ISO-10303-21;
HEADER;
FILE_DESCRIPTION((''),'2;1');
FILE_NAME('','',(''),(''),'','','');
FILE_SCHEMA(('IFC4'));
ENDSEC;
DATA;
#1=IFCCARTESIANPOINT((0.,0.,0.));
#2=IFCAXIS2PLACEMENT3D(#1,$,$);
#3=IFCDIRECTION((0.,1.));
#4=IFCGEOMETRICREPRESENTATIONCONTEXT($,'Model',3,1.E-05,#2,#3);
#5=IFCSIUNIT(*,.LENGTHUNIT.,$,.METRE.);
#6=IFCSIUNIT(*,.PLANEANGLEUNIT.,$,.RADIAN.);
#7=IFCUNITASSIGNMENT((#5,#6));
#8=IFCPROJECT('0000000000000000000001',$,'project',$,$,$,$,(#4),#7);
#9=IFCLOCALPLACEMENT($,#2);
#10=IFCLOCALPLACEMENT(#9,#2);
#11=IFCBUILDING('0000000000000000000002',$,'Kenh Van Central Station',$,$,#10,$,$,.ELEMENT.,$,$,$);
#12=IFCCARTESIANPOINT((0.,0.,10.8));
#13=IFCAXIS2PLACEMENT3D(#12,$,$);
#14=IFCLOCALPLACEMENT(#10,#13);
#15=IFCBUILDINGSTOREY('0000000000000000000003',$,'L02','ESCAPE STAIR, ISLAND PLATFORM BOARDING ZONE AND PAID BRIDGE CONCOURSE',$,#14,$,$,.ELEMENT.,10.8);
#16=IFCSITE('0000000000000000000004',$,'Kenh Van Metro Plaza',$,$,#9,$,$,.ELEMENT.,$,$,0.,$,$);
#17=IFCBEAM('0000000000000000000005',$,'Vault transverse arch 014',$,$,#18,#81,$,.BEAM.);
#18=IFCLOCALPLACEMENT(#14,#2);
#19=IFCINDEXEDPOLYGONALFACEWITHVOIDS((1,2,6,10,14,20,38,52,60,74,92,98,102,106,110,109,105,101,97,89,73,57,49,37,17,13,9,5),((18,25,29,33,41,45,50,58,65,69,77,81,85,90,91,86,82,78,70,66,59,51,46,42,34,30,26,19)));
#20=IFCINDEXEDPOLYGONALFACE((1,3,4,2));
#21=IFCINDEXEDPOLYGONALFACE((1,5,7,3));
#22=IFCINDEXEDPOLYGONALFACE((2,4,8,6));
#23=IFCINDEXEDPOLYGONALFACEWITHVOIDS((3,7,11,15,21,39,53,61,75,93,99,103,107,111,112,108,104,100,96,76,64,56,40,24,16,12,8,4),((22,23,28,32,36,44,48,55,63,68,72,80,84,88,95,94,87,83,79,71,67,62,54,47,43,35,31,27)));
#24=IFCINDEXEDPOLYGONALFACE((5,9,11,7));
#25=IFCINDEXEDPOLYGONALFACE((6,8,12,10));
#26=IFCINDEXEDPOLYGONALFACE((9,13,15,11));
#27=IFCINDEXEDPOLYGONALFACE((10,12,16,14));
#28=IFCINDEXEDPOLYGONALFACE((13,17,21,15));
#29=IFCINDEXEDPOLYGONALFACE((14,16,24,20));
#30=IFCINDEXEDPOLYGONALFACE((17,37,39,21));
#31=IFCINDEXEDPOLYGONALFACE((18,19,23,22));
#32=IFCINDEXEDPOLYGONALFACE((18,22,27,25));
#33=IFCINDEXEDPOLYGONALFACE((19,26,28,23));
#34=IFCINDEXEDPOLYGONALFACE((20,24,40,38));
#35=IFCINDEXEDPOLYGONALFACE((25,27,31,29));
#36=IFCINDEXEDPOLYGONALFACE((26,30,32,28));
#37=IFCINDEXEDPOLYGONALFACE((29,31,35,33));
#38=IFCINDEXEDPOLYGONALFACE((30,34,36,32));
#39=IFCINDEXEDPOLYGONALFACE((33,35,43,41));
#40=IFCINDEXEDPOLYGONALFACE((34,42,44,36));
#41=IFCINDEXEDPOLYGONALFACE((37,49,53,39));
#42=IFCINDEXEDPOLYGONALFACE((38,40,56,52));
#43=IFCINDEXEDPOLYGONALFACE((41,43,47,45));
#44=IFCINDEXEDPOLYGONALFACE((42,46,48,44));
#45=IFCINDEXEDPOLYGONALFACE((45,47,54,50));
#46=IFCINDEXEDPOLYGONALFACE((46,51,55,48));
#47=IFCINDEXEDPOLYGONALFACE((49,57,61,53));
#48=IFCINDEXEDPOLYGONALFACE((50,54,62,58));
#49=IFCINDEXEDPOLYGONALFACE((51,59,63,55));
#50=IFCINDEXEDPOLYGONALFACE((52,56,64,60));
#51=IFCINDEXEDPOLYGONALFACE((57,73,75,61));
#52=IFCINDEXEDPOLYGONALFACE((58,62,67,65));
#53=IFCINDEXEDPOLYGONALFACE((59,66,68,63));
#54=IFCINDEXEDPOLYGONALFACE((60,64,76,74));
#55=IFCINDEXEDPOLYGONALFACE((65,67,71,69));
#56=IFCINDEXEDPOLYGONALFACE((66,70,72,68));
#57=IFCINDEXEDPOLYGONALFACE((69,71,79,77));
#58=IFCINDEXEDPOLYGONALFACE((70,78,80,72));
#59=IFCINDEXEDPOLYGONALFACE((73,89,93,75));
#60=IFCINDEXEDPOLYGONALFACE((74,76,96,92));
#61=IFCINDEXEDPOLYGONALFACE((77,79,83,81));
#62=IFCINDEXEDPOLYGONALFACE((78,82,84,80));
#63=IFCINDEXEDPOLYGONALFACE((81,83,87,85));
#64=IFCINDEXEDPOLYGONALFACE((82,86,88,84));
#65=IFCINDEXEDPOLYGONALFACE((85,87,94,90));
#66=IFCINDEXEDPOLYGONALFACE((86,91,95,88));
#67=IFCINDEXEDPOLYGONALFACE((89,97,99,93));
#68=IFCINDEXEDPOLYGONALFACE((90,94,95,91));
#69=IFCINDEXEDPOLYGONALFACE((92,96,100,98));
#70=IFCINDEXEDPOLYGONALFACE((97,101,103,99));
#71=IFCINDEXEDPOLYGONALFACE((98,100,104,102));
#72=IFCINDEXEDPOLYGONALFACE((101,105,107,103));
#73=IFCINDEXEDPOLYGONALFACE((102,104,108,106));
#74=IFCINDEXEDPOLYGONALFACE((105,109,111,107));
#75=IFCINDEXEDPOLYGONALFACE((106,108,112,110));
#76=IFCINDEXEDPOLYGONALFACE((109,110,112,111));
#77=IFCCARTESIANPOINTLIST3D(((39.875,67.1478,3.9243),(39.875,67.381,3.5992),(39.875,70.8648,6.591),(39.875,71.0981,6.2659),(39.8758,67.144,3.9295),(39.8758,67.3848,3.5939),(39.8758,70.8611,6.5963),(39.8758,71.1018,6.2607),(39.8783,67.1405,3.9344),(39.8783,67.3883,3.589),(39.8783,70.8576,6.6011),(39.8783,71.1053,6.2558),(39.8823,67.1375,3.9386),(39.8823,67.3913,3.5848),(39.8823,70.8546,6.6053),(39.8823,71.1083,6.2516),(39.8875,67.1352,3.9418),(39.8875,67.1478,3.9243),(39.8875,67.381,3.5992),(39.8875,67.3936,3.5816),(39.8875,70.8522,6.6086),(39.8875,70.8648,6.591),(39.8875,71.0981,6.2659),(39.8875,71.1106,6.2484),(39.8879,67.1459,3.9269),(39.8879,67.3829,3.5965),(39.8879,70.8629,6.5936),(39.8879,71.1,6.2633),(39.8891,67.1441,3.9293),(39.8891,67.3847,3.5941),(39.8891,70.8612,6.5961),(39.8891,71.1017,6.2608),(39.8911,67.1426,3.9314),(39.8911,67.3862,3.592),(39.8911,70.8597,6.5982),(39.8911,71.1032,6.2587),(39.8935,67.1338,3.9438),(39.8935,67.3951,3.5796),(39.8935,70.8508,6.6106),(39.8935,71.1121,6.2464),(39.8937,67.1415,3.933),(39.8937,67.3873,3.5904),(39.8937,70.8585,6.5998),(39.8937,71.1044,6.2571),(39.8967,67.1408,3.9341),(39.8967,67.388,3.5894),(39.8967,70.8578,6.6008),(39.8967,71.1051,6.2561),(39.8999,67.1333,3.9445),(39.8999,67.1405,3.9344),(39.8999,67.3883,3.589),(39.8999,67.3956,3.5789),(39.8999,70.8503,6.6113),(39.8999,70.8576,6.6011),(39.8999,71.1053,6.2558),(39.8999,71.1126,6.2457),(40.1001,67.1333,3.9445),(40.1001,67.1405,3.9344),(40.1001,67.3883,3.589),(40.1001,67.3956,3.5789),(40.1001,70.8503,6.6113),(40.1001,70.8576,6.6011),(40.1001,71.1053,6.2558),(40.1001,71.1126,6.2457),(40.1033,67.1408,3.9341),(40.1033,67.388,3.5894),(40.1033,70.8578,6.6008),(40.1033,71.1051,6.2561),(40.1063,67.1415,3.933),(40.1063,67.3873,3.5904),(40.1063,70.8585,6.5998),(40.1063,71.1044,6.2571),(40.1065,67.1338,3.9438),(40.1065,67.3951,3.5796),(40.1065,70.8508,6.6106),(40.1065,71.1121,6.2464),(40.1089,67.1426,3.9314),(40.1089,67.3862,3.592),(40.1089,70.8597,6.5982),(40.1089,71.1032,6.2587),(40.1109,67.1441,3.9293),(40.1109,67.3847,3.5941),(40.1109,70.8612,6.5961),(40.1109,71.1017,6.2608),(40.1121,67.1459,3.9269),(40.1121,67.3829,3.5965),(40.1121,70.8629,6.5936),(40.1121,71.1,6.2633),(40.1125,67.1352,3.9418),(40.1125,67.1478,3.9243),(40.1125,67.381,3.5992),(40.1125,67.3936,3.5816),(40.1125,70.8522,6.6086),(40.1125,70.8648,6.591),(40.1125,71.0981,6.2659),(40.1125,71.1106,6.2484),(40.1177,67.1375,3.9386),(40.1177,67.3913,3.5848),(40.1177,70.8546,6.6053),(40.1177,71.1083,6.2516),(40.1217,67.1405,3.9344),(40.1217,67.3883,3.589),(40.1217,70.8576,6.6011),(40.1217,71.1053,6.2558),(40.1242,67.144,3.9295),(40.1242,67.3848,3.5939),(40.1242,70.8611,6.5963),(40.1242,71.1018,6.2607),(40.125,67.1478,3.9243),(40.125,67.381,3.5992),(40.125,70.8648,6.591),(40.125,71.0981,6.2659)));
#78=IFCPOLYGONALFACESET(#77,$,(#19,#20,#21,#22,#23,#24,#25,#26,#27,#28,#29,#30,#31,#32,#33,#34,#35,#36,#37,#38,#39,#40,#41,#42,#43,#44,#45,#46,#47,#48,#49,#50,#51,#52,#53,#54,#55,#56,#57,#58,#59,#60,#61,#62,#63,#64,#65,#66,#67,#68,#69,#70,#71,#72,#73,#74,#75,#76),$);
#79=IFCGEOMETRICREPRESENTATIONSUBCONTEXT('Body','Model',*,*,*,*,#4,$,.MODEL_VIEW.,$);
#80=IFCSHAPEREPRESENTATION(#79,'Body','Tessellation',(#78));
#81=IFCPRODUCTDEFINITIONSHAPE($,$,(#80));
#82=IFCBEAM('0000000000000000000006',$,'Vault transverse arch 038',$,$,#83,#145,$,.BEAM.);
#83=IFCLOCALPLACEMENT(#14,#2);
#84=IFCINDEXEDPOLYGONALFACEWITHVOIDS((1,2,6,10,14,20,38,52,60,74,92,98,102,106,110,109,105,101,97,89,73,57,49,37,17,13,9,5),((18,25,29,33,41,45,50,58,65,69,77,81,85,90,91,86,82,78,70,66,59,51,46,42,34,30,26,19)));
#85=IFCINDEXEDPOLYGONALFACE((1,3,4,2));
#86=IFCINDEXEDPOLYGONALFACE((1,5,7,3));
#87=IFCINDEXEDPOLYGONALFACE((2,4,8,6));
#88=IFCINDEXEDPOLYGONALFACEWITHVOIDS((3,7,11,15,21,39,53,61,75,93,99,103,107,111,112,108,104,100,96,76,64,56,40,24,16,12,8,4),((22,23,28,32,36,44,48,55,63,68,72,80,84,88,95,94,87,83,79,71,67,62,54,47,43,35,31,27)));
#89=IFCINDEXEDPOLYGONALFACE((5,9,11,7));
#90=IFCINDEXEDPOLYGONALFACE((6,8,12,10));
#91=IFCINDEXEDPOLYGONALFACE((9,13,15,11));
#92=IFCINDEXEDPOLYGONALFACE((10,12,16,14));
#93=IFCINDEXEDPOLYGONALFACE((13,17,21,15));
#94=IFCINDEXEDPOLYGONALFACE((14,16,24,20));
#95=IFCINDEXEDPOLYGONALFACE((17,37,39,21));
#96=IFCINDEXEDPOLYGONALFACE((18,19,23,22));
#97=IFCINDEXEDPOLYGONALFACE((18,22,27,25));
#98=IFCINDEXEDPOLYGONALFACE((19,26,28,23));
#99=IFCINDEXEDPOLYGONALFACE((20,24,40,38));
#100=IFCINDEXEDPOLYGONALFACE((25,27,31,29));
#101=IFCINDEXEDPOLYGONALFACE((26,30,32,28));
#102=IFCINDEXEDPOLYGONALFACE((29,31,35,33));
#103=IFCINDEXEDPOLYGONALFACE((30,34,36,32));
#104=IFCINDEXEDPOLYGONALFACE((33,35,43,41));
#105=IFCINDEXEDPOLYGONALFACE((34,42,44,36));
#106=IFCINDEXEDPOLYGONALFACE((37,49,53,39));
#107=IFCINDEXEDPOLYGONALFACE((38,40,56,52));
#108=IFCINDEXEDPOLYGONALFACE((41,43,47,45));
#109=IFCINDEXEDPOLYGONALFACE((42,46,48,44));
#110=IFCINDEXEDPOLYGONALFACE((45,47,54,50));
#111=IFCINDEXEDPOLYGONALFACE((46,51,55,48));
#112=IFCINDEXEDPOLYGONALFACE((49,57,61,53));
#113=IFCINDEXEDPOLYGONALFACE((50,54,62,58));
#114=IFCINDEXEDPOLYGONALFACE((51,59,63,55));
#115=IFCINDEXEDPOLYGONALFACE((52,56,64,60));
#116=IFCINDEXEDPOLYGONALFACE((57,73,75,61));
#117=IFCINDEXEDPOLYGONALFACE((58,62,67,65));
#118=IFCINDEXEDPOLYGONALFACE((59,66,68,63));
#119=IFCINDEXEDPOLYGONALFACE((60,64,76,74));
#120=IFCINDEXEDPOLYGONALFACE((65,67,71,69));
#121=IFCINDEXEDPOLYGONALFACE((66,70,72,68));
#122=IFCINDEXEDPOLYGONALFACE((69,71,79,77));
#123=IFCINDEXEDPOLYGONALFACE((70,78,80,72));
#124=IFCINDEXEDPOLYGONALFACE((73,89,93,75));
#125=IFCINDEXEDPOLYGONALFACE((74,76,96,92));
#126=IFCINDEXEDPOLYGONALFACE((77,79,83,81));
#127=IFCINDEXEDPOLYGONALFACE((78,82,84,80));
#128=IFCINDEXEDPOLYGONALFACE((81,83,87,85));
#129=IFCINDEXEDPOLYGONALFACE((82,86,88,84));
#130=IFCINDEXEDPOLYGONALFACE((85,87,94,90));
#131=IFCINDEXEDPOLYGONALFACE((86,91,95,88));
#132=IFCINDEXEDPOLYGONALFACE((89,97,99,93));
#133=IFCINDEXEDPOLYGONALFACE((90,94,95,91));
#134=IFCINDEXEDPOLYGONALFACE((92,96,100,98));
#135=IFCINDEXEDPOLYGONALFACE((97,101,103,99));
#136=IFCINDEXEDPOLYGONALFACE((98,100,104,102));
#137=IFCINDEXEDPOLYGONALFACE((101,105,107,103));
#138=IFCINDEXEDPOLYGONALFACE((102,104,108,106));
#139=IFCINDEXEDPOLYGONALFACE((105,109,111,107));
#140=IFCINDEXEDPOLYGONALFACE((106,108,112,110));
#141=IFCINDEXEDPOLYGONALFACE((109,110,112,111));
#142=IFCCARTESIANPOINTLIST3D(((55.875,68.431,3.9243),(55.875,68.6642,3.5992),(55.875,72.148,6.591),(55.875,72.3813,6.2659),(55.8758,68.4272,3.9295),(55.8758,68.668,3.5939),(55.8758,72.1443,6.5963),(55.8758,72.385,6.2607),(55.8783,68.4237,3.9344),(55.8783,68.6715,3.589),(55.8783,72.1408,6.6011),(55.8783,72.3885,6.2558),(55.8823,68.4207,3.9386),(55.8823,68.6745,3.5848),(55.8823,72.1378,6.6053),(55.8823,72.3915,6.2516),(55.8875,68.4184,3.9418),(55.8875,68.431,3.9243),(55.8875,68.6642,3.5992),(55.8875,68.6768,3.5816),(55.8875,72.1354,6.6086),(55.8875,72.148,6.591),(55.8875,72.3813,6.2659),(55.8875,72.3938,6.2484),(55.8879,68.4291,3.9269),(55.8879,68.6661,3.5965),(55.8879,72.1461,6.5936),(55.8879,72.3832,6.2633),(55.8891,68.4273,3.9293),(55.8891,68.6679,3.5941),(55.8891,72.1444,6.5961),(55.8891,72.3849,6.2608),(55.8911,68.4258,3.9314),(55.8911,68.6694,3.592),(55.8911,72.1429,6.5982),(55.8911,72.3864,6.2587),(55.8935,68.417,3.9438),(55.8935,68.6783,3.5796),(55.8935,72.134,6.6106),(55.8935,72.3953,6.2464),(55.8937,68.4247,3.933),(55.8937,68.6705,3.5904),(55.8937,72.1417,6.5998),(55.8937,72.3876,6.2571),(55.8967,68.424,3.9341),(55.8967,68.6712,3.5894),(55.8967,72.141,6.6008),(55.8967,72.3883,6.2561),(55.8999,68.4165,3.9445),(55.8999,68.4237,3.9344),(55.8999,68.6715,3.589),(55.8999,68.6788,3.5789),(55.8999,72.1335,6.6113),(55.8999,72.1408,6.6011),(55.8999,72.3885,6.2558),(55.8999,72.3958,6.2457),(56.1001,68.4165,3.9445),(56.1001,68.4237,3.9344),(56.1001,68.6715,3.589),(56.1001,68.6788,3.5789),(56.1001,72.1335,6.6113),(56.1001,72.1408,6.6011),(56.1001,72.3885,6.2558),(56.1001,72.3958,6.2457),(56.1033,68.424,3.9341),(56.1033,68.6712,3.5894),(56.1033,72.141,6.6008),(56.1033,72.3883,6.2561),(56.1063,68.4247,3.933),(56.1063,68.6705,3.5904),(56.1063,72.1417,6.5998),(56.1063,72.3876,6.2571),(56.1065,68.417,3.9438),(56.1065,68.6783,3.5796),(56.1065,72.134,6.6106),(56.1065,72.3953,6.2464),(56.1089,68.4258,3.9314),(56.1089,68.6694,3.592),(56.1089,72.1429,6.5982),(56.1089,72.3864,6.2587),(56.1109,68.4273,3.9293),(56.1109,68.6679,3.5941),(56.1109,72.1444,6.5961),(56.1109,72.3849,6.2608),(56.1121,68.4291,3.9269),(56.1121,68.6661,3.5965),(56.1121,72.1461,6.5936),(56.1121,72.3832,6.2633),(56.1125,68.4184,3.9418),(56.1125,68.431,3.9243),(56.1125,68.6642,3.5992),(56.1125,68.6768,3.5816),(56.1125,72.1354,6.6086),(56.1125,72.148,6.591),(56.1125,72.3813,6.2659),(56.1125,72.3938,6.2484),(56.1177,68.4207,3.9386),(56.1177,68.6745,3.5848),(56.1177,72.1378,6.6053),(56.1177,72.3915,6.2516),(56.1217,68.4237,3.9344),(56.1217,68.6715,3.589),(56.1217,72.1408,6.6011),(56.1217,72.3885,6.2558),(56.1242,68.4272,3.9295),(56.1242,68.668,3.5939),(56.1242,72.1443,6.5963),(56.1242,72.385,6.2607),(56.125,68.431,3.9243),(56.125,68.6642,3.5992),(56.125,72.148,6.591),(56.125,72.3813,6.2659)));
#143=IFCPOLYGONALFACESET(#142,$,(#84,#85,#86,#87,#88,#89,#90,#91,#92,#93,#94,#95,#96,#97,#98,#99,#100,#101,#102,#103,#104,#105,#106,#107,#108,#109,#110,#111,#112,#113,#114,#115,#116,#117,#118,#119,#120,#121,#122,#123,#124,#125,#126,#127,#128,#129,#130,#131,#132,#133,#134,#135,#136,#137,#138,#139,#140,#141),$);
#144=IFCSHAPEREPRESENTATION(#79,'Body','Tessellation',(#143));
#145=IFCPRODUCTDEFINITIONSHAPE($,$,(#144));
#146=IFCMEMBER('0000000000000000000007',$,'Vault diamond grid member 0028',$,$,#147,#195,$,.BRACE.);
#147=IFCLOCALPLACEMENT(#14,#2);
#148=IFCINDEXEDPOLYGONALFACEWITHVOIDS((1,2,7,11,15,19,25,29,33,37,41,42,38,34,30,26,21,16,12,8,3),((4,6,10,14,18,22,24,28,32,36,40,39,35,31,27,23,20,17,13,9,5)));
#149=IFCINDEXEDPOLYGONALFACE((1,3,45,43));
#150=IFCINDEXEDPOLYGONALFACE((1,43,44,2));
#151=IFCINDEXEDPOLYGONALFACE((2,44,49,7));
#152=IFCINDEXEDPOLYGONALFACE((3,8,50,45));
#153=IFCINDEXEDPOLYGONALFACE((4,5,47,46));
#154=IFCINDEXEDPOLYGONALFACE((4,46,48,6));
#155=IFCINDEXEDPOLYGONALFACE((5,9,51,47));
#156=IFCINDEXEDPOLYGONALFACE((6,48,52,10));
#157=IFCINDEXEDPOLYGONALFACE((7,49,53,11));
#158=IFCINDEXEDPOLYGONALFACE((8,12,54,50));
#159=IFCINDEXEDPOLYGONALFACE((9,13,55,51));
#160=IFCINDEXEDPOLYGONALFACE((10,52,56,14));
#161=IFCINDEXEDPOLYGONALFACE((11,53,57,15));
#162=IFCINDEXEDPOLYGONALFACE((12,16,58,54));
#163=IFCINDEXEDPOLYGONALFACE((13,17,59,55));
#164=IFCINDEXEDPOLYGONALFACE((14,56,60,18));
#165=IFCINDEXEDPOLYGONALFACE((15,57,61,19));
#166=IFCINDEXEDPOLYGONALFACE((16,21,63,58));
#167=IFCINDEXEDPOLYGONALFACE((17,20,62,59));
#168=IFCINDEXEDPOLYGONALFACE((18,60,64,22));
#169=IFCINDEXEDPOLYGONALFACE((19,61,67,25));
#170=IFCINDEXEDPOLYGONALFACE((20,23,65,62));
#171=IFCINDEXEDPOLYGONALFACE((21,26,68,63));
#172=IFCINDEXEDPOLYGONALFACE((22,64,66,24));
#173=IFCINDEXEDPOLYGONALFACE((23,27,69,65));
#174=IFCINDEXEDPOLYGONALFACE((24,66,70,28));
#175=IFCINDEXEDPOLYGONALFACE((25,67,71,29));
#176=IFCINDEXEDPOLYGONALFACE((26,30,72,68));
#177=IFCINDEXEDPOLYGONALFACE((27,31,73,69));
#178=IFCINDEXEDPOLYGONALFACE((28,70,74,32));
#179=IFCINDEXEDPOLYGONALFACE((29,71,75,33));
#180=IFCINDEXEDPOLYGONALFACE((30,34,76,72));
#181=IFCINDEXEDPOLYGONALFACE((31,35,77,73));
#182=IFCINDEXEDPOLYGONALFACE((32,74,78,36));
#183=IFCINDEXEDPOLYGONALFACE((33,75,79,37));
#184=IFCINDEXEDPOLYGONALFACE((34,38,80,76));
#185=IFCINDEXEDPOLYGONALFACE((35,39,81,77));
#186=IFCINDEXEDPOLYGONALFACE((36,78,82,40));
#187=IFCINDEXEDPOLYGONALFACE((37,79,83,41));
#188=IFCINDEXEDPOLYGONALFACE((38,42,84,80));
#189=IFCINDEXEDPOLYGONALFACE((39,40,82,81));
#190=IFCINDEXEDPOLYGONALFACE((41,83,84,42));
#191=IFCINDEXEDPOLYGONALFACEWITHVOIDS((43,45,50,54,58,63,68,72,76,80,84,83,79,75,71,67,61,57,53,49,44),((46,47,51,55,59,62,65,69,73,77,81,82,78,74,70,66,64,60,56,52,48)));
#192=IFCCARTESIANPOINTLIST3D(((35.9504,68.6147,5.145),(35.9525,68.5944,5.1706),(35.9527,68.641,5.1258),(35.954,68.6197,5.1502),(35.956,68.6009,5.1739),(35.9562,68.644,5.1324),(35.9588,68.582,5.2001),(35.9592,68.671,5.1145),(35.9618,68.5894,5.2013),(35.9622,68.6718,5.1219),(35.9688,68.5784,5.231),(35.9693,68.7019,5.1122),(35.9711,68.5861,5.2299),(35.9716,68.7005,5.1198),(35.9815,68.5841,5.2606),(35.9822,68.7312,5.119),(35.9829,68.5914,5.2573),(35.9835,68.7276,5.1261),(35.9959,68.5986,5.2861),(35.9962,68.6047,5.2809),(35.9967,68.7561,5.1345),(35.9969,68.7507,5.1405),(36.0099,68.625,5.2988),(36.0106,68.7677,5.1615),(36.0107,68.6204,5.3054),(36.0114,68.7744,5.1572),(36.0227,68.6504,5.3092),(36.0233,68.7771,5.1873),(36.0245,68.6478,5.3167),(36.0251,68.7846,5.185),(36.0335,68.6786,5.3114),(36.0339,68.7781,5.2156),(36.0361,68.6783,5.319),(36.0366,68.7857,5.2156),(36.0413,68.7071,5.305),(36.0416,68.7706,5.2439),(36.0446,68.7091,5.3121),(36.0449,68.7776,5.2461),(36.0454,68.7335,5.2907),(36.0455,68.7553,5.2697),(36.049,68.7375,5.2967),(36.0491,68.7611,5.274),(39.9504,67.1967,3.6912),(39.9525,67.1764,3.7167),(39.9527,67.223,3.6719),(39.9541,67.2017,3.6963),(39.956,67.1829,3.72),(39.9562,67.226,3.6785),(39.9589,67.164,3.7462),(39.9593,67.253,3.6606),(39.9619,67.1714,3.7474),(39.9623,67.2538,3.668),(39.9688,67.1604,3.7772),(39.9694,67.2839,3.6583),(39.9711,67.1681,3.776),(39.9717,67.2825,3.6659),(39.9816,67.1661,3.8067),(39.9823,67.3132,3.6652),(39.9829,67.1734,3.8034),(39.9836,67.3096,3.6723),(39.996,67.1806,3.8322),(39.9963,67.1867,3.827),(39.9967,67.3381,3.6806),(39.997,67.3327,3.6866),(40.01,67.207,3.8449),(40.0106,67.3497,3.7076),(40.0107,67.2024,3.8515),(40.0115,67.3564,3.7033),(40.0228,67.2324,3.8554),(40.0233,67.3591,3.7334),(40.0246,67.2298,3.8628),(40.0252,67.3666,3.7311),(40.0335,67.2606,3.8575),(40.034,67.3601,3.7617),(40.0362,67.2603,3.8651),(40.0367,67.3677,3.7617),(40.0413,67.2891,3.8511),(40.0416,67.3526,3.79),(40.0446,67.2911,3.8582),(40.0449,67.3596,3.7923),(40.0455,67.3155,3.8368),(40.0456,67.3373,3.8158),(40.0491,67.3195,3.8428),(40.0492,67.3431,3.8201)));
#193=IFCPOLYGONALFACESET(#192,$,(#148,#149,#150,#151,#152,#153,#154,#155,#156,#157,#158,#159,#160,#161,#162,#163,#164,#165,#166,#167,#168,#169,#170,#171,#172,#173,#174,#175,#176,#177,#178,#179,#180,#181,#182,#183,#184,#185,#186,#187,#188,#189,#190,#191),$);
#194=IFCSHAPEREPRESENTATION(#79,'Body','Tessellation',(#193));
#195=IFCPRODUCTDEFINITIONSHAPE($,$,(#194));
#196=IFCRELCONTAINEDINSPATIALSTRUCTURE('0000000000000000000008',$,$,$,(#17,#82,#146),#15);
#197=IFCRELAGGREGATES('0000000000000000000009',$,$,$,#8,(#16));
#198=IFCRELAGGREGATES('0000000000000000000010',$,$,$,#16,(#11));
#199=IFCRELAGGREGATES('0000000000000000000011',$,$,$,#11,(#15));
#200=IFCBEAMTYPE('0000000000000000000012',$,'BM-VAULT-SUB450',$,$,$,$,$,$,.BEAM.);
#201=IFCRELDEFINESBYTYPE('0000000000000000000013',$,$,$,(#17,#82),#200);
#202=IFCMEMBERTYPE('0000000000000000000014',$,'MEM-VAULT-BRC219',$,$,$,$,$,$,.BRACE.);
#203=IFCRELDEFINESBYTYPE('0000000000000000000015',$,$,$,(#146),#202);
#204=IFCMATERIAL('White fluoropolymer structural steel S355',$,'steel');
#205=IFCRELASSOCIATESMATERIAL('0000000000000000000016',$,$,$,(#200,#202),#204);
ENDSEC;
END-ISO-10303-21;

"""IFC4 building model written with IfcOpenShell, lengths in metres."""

from ifc_helpers import new_model, si_unit, direction, frame, origin, origin_2d, place, context, subcontext, project, spatial, hollow_rectangle, hollow_circle, extrude, material, material_profile, profile_set, type_object, element, save


model = new_model("IFC4")

# Units and contexts
model_context = context("Model", 3, precision=1e-05, world=origin(), true_north=direction((0.0, 1.0)))
body_context = subcontext(model_context, "Body", "Model", "MODEL_VIEW")
ifc_project = project(units=[si_unit("LENGTHUNIT", "METRE"), si_unit("PLANEANGLEUNIT", "RADIAN")], contexts=[model_context])

# Site, building, storey
site_placement = place(None, origin())
site = spatial("IfcSite", under=ifc_project, at=site_placement, Name="Kenh Van Metro Plaza", CompositionType="ELEMENT", RefElevation=0.0)
building_placement = place(site_placement, origin())
building = spatial("IfcBuilding", under=site, at=building_placement, Name="Kenh Van Central Station", CompositionType="ELEMENT")
storey_placement = place(building_placement, frame((0.0, 0.0, 10.8)))
storey = spatial("IfcBuildingStorey", under=building, at=storey_placement, Name="L02", Description="ESCAPE STAIR, ISLAND PLATFORM BOARDING ZONE AND PAID BRIDGE CONCOURSE", CompositionType="ELEMENT", Elevation=10.8)

# Beams
ifc_material_1 = material(Name="White fluoropolymer structural steel S355", Category="steel")
ifc_material_profile_1 = material_profile(ifc_material_1, hollow_rectangle(XDim=0.25, YDim=0.45, WallThickness=0.0125, InnerFilletRadius=0.0125, OuterFilletRadius=0.0249, at=origin_2d()), Name="RHS 450x250x12.5")
ifc_profile_set_1 = profile_set([ifc_material_profile_1], Name="White fluoropolymer structural steel S355")
beam_type_1 = type_object("IfcBeamType", Name="BM-VAULT-SUB450", PredefinedType="BEAM", material=ifc_profile_set_1)
for number, where, z_axis, x_axis, name in (
    (1, (40.0, 67.2644, 3.7617), (0.0, 0.81252, 0.582933), (-1.0, 0.0, 0.0), "Vault transverse arch 014"),
    (2, (56.0, 68.5476, 3.7617), (0.0, 0.81252, 0.582933), (-1.0, 0.0, 0.0), "Vault transverse arch 038"),
):
    element("IfcBeam", number, at=place(storey_placement, frame(where, z_axis=z_axis, x_axis=x_axis)), inside=storey, type_object=beam_type_1, Name=name, PredefinedType="BEAM", context=body_context, shape_type="SweptSolid", body=[
        extrude(hollow_rectangle(XDim=0.25, YDim=0.45, WallThickness=0.0125, InnerFilletRadius=0.0125, OuterFilletRadius=0.0249, at=origin_2d()), origin(), (0.0, 0.0, 1.0), 4.5747),
    ])

# Member
ifc_material_profile_2 = material_profile(ifc_material_1, hollow_circle(Radius=0.1096, WallThickness=0.0081, at=origin_2d()), Name="CHS 219.1x8")
ifc_profile_set_2 = profile_set([ifc_material_profile_2], Name="White fluoropolymer structural steel S355")
member_type_1 = type_object("IfcMemberType", Name="MEM-VAULT-BRC219", PredefinedType="BRACE", material=ifc_profile_set_2)
member_1_placement = place(storey_placement, frame((36.0, 68.6824, 5.2156), z_axis=(0.89166, -0.316086, -0.324087), x_axis=(0.33412, 0.942531, 0.0)))
element("IfcMember", 3, at=member_1_placement, inside=storey, type_object=member_type_1, Name="Vault diamond grid member 0028", PredefinedType="BRACE", context=body_context, shape_type="SweptSolid", body=[
    extrude(hollow_circle(Radius=0.1096, WallThickness=0.0081, at=origin_2d()), origin(), (0.0, 0.0, 1.0), 4.4861),
])

save(model, "model.ifc")
